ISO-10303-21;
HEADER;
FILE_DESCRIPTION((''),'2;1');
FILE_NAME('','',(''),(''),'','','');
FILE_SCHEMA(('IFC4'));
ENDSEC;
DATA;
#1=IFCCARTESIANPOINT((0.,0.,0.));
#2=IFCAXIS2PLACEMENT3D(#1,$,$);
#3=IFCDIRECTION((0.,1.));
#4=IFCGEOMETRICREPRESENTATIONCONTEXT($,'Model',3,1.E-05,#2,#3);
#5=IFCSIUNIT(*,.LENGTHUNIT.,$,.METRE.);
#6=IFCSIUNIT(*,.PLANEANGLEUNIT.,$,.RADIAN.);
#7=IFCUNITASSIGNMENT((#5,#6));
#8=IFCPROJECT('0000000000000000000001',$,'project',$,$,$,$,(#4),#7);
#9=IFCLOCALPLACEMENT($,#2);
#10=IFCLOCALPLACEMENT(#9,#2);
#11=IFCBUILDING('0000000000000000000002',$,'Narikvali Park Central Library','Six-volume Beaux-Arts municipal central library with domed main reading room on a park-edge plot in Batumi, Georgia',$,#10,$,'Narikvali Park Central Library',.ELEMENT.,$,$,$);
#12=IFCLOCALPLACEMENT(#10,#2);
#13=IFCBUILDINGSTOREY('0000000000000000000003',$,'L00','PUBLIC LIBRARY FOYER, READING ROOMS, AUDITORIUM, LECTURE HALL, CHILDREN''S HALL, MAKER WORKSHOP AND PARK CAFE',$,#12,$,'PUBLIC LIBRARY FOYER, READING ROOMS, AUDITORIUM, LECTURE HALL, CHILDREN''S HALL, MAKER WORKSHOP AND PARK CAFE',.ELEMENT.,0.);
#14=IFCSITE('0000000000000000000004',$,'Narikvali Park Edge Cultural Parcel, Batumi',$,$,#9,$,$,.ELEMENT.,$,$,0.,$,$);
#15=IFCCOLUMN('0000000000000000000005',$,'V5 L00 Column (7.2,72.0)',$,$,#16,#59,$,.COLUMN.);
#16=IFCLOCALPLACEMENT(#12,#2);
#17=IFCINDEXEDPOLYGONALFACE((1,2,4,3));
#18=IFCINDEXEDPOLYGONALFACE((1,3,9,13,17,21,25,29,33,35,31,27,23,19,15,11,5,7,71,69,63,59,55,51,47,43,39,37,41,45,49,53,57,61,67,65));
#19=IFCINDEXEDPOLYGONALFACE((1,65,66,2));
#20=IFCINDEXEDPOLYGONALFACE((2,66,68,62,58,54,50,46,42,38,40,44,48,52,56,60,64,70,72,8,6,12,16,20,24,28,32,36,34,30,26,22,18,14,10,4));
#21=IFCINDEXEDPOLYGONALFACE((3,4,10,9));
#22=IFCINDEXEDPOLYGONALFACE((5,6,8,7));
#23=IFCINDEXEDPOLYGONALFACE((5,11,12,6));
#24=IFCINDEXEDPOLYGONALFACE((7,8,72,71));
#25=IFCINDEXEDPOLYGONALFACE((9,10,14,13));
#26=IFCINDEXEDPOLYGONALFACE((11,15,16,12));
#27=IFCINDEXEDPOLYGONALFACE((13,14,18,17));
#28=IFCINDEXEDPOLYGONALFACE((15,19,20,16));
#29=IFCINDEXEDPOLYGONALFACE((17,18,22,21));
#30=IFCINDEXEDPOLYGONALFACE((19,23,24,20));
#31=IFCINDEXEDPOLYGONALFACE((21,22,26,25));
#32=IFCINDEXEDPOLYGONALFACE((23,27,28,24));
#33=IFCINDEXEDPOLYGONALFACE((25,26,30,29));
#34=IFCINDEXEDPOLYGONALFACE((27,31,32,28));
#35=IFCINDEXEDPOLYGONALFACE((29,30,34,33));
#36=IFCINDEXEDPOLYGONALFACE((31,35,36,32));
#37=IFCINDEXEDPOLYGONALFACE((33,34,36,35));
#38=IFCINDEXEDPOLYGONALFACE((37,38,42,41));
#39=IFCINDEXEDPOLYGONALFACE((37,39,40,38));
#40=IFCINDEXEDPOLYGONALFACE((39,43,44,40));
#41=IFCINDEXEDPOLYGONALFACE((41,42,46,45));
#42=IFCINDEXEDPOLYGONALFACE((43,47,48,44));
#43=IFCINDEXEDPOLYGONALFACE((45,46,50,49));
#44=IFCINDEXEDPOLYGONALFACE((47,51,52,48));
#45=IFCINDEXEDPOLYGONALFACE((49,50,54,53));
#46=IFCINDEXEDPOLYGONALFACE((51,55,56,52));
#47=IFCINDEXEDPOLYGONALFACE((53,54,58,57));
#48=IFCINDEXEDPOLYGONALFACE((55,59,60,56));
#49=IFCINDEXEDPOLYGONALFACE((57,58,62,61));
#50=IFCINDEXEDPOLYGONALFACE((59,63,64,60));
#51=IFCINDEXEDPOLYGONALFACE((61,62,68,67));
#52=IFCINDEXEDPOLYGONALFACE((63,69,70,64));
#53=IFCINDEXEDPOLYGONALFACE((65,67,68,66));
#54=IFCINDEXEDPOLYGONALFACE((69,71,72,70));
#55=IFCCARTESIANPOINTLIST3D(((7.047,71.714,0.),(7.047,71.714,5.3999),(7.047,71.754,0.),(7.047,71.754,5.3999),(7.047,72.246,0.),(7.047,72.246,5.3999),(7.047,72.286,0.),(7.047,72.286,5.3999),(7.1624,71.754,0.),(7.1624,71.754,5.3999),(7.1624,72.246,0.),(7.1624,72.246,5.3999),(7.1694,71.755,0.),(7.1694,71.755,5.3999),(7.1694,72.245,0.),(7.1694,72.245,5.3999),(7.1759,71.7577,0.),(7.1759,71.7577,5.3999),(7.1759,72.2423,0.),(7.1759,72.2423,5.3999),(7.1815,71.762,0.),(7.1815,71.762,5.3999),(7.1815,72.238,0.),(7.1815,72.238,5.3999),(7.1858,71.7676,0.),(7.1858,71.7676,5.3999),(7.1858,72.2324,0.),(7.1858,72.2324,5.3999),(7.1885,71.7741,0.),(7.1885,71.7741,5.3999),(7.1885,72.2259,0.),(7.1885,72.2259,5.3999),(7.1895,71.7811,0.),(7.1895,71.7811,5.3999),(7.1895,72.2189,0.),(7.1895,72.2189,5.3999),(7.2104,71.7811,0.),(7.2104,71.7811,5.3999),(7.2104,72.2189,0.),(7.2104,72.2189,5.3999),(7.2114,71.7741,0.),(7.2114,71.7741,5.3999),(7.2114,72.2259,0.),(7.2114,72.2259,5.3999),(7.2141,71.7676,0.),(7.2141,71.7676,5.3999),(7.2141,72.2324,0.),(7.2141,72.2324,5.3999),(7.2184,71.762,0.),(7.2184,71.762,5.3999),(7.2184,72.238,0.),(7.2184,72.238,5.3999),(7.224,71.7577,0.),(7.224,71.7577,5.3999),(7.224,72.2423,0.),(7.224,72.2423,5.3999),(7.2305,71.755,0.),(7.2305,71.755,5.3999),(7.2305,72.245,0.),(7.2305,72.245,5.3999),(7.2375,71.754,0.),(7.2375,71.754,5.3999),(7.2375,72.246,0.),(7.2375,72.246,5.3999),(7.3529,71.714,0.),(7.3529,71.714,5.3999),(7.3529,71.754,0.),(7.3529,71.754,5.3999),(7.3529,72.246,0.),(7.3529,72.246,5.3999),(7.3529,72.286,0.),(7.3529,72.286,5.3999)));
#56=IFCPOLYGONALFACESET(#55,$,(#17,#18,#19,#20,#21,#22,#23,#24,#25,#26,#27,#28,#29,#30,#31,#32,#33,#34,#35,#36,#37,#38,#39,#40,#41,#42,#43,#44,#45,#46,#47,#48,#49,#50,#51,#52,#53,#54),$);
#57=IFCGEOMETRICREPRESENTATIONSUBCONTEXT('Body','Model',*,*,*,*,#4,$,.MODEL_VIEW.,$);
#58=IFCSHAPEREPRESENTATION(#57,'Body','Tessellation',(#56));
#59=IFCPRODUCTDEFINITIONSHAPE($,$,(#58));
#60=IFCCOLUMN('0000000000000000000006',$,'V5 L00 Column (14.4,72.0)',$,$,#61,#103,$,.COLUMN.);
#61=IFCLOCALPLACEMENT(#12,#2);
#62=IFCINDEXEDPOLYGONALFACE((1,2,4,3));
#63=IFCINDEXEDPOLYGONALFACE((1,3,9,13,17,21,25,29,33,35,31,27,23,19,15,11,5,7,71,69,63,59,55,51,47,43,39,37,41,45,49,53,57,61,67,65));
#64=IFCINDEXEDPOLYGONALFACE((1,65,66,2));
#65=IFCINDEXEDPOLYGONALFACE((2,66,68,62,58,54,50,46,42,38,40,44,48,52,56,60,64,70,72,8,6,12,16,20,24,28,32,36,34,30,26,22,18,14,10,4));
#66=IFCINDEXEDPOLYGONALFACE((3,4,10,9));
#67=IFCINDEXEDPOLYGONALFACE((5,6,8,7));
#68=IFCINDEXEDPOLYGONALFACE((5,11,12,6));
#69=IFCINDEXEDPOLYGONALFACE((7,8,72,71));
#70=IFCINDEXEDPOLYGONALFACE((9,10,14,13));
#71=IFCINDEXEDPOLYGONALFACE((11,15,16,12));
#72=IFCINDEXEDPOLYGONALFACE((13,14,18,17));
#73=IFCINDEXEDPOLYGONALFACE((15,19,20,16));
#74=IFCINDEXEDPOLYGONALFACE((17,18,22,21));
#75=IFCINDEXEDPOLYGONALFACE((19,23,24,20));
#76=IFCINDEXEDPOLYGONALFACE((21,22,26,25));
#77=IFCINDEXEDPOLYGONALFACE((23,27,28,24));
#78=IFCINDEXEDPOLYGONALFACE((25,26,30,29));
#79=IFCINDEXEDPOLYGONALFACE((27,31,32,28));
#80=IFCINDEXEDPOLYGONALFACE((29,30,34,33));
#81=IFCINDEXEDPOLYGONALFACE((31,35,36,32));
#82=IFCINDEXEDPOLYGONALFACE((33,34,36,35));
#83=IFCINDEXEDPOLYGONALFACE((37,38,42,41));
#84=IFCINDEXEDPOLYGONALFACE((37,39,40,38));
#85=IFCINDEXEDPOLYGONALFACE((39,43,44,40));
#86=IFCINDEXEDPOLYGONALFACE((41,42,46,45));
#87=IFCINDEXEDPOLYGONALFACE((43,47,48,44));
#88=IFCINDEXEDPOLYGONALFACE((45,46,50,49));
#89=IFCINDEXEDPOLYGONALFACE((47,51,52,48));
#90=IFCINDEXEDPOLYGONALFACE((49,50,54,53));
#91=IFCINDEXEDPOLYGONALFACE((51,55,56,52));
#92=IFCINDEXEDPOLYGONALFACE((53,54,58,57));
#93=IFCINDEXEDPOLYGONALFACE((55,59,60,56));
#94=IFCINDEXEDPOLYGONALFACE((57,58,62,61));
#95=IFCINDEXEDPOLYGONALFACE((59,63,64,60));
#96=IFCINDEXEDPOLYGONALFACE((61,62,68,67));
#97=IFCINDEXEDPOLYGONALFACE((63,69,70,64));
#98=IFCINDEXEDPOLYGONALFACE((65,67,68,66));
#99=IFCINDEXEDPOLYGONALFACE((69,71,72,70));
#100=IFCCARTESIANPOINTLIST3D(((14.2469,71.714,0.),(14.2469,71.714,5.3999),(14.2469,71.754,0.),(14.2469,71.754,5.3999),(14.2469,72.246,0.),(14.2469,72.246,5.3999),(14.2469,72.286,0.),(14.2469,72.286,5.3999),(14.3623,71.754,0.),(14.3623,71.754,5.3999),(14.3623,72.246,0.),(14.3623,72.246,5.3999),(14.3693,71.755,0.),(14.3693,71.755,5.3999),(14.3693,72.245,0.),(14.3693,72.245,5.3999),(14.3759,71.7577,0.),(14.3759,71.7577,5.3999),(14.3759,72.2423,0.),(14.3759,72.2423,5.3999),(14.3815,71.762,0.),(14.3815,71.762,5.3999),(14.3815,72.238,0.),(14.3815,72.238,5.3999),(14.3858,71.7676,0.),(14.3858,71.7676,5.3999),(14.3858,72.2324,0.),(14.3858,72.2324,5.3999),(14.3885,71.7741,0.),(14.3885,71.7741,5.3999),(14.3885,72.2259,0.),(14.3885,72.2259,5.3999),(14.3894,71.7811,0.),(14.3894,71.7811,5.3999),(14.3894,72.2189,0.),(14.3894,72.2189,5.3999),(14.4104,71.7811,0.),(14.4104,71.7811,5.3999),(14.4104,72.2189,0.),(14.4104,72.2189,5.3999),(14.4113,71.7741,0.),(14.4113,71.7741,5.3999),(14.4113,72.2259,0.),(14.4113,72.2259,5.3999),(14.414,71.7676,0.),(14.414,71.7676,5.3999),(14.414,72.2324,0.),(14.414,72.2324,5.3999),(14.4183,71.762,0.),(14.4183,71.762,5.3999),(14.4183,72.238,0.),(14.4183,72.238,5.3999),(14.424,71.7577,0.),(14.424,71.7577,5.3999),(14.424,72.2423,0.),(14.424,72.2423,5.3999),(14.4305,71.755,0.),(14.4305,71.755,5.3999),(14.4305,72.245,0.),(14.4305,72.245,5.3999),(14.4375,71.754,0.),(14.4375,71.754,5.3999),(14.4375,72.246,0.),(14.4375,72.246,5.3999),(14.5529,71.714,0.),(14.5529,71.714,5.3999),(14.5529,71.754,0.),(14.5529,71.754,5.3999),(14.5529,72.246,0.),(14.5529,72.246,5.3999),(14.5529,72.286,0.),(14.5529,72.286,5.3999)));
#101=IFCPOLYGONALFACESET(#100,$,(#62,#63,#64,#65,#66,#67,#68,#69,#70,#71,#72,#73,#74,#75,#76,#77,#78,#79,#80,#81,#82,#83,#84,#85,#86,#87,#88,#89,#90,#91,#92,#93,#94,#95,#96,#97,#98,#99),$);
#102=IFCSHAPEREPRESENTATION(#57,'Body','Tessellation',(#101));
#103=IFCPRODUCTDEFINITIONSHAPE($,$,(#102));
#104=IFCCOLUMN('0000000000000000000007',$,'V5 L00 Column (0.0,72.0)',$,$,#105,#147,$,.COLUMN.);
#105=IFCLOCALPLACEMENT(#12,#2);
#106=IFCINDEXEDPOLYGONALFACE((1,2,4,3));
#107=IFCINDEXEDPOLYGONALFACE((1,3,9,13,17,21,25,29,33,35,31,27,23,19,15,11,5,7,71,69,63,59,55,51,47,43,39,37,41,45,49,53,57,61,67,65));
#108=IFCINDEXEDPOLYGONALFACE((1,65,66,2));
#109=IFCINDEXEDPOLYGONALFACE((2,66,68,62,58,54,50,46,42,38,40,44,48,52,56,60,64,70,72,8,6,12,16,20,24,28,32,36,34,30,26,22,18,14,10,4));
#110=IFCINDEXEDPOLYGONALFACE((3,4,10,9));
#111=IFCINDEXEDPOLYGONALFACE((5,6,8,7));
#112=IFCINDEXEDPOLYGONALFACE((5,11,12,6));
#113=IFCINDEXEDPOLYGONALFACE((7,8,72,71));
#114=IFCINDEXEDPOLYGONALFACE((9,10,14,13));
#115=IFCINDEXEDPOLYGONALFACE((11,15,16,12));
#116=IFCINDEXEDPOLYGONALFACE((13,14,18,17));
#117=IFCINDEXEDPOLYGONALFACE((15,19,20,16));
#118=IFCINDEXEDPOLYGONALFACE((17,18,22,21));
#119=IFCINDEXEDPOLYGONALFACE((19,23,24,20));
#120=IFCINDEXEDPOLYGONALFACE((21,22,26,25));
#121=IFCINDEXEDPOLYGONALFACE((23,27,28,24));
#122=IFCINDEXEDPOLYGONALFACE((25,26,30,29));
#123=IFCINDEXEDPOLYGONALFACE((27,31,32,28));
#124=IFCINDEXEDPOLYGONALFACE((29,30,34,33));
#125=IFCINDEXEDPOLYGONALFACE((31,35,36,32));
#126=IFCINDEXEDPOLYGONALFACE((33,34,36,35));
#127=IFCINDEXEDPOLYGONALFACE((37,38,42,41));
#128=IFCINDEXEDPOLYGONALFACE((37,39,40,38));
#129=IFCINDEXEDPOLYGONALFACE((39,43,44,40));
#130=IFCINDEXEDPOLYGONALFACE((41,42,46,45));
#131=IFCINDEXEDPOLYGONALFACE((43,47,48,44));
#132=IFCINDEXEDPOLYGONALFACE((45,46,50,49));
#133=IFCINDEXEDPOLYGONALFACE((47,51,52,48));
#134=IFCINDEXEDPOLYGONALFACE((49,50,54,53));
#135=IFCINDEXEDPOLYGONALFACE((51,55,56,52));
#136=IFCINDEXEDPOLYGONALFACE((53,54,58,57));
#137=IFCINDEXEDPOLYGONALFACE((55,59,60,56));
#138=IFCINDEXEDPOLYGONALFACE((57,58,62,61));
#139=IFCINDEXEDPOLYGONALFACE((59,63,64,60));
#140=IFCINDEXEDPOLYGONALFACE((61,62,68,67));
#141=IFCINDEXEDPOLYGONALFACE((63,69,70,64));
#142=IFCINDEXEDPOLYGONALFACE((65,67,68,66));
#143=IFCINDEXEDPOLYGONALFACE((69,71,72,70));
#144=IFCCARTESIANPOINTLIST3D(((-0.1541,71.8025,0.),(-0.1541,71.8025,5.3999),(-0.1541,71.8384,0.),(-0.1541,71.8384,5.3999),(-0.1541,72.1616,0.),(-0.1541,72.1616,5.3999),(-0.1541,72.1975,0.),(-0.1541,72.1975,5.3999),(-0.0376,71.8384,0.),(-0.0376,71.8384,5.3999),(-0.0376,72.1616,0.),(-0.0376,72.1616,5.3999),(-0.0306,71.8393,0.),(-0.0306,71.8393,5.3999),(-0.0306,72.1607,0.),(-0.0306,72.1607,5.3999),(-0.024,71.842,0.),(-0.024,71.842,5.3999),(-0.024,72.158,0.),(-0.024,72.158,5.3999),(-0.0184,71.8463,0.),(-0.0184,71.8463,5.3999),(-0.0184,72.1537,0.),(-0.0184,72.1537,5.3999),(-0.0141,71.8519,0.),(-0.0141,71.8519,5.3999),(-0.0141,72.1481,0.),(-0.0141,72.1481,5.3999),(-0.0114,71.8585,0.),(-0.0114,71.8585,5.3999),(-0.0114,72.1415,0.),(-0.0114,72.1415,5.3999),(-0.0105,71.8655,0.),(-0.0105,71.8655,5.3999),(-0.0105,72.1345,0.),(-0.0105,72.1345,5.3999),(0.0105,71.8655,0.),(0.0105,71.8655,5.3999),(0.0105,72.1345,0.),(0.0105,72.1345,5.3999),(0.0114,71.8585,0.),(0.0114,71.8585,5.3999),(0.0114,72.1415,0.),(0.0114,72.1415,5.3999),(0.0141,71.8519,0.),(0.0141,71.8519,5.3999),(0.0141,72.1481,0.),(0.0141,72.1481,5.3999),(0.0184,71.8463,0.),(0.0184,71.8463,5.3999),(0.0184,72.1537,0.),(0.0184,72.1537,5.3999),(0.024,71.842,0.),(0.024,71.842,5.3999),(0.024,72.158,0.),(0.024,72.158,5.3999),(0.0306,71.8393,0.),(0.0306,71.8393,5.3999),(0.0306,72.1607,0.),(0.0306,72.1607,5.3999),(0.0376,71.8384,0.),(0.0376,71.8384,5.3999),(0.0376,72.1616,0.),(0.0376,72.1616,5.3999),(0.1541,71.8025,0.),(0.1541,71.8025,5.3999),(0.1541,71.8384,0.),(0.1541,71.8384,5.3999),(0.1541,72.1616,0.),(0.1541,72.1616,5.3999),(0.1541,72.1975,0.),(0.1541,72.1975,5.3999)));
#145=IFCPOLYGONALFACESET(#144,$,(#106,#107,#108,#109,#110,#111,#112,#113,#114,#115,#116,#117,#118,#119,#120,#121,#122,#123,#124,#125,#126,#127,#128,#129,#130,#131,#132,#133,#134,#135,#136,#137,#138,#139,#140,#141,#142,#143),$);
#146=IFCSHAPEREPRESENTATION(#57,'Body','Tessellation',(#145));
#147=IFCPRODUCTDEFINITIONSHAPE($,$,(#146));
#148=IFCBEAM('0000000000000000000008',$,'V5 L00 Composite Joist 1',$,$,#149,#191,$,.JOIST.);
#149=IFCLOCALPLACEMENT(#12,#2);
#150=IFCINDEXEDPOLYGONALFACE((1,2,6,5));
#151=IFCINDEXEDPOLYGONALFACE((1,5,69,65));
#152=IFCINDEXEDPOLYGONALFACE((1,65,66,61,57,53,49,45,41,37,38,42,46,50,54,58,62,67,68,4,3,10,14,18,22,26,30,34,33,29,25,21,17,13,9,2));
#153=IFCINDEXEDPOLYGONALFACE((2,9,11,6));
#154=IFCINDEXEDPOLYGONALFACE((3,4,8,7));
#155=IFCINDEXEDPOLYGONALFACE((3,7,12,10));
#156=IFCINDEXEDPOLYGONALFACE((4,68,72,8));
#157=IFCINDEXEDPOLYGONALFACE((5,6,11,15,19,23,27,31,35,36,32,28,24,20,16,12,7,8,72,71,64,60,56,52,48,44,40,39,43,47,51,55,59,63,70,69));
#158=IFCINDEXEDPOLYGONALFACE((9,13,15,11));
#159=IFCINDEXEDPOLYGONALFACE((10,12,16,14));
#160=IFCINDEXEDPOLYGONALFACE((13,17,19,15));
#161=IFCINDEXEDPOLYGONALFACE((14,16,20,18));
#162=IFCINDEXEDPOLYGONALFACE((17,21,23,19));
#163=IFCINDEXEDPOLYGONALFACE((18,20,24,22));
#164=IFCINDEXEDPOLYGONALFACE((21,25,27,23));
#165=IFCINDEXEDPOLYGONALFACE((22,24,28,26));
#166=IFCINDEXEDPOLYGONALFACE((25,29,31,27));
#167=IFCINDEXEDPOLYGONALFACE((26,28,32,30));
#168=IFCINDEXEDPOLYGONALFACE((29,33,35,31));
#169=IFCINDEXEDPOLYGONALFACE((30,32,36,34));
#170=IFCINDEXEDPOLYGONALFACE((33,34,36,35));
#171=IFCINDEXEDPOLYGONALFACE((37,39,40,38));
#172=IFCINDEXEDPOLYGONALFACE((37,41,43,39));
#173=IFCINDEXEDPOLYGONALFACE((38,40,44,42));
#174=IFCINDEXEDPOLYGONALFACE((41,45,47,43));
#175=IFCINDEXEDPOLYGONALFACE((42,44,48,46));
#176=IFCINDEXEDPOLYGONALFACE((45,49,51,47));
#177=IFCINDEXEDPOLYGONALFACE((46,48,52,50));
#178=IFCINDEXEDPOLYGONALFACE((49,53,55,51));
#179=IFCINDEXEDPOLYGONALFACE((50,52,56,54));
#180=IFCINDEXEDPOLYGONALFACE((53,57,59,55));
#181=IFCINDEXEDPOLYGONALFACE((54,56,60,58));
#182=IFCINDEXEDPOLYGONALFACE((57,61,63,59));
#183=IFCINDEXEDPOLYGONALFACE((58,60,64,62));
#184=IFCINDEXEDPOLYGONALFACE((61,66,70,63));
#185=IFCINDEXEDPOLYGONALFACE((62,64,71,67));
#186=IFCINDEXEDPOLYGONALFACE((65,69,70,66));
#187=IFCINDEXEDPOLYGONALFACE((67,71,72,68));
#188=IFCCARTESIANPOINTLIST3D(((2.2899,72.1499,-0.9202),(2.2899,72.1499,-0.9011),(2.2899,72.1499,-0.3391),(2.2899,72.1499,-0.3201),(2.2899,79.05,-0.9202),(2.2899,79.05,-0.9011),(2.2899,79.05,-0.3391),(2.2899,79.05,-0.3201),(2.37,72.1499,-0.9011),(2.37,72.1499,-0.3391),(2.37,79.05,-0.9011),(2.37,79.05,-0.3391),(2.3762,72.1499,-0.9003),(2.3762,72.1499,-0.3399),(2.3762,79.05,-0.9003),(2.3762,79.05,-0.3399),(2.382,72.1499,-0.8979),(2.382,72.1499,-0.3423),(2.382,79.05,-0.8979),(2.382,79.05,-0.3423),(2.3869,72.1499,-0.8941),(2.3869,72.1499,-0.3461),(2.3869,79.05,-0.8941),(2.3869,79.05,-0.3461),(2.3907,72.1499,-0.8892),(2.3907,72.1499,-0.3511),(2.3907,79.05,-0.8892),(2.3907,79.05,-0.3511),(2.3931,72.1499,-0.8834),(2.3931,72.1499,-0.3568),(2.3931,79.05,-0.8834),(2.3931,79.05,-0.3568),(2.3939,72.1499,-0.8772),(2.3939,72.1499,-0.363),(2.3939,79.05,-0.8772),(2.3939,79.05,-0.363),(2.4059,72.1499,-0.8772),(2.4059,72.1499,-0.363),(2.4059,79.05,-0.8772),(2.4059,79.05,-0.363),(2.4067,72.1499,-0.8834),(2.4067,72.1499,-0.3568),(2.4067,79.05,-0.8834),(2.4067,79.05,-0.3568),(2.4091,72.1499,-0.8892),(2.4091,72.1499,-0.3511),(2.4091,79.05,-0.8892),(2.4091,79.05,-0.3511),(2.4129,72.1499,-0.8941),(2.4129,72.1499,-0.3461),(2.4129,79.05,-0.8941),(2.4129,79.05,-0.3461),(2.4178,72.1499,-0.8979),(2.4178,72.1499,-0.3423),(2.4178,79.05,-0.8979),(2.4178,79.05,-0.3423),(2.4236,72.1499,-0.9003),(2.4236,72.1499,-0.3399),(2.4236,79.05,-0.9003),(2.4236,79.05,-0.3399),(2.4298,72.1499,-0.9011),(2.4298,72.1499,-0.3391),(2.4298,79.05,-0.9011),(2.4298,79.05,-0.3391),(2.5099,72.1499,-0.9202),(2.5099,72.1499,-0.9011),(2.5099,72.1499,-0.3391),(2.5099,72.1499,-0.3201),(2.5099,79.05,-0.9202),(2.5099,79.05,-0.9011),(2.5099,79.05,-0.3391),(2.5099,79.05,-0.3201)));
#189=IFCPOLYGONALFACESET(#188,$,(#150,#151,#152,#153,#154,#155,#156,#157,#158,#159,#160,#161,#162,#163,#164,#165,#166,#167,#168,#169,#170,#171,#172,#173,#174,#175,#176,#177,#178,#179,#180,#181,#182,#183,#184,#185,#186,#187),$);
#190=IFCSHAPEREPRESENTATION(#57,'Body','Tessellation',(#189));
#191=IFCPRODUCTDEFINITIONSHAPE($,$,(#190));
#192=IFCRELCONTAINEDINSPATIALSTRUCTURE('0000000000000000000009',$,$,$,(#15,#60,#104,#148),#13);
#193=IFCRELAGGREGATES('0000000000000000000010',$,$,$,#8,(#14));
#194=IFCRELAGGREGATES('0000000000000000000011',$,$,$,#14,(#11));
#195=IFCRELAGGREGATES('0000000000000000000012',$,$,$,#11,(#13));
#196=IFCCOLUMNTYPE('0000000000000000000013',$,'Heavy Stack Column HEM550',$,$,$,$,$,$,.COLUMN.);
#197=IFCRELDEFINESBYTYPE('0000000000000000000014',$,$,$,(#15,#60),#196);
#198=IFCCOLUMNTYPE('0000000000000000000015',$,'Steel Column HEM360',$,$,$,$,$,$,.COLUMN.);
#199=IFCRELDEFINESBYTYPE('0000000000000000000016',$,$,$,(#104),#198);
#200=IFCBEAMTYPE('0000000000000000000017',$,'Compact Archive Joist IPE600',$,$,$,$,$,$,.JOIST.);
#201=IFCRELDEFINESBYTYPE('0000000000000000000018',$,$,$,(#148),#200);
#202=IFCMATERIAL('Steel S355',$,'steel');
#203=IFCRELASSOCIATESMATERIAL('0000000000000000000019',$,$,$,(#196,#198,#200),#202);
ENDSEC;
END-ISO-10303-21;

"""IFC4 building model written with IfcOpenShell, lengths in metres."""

from ifc_helpers import new_model, si_unit, direction, frame, origin, origin_2d, place, context, subcontext, project, spatial, i_section, extrude, material, material_profile, profile_set, type_object, element, save


model = new_model("IFC4")

# Units and contexts
model_context = context("Model", 3, precision=1e-05, world=origin(), true_north=direction((0.0, 1.0)))
body_context = subcontext(model_context, "Body", "Model", "MODEL_VIEW")
ifc_project = project(units=[si_unit("LENGTHUNIT", "METRE"), si_unit("PLANEANGLEUNIT", "RADIAN")], contexts=[model_context])

# Site, building, storey
site_placement = place(None, origin())
site = spatial("IfcSite", under=ifc_project, at=site_placement, Name="Narikvali Park Edge Cultural Parcel, Batumi", CompositionType="ELEMENT", RefElevation=0.0)
building_placement = place(site_placement, origin())
building = spatial("IfcBuilding", under=site, at=building_placement, Name="Narikvali Park Central Library", Description="Six-volume Beaux-Arts municipal central library with domed main reading room on a park-edge plot in Batumi, Georgia", LongName="Narikvali Park Central Library", CompositionType="ELEMENT")
storey_placement = place(building_placement, origin())
storey = spatial("IfcBuildingStorey", under=building, at=storey_placement, Name="L00", Description="PUBLIC LIBRARY FOYER, READING ROOMS, AUDITORIUM, LECTURE HALL, CHILDREN'S HALL, MAKER WORKSHOP AND PARK CAFE", LongName="PUBLIC LIBRARY FOYER, READING ROOMS, AUDITORIUM, LECTURE HALL, CHILDREN'S HALL, MAKER WORKSHOP AND PARK CAFE", CompositionType="ELEMENT", Elevation=0.0)

# Columns
ifc_material_1 = material(Name="Steel S355", Category="steel")
ifc_material_profile_1 = material_profile(ifc_material_1, i_section(OverallWidth=0.3059, OverallDepth=0.572, WebThickness=0.021, FlangeThickness=0.04, FilletRadius=0.0271, at=origin_2d()), Name="HEM 550")
ifc_profile_set_1 = profile_set([ifc_material_profile_1], Name="Steel S355")
column_type_1 = type_object("IfcColumnType", Name="Heavy Stack Column HEM550", PredefinedType="COLUMN", material=ifc_profile_set_1)
for number, where, z_axis, x_axis, name in (
    (1, (7.2, 72.0, 0.0), (0.0, 0.0, 1.0), (1.0, 0.0, 0.0), "V5 L00 Column (7.2,72.0)"),
    (2, (14.3999, 72.0, 0.0), (0.0, 0.0, 1.0), (1.0, 0.0, 0.0), "V5 L00 Column (14.4,72.0)"),
):
    element("IfcColumn", number, at=place(storey_placement, frame(where, z_axis=z_axis, x_axis=x_axis)), inside=storey, type_object=column_type_1, Name=name, PredefinedType="COLUMN", context=body_context, shape_type="SweptSolid", body=[
        extrude(i_section(OverallWidth=0.3059, OverallDepth=0.572, WebThickness=0.021, FlangeThickness=0.04, FilletRadius=0.0271, at=origin_2d()), origin(), (0.0, 0.0, 1.0), 5.3999),
    ])
ifc_material_profile_2 = material_profile(ifc_material_1, i_section(OverallWidth=0.3081, OverallDepth=0.395, WebThickness=0.021, FlangeThickness=0.0359, FilletRadius=0.0271, at=origin_2d()), Name="HEM 360")
ifc_profile_set_2 = profile_set([ifc_material_profile_2], Name="Steel S355")
column_type_2 = type_object("IfcColumnType", Name="Steel Column HEM360", PredefinedType="COLUMN", material=ifc_profile_set_2)
column_placement = place(storey_placement, frame((0.0, 72.0, 0.0), z_axis=(0.0, 0.0, 1.0), x_axis=(1.0, 0.0, 0.0)))
element("IfcColumn", 3, at=column_placement, inside=storey, type_object=column_type_2, Name="V5 L00 Column (0.0,72.0)", PredefinedType="COLUMN", context=body_context, shape_type="SweptSolid", body=[
    extrude(i_section(OverallWidth=0.3081, OverallDepth=0.395, WebThickness=0.021, FlangeThickness=0.0359, FilletRadius=0.0271, at=origin_2d()), origin(), (0.0, 0.0, 1.0), 5.3999),
])

# Beam
ifc_material_profile_3 = material_profile(ifc_material_1, i_section(OverallWidth=0.22, OverallDepth=0.6001, WebThickness=0.012, FlangeThickness=0.019, FilletRadius=0.0239, at=origin_2d()), Name="IPE 600")
ifc_profile_set_3 = profile_set([ifc_material_profile_3], Name="Steel S355")
beam_type_1 = type_object("IfcBeamType", Name="Compact Archive Joist IPE600", PredefinedType="JOIST", material=ifc_profile_set_3)
for number, where, z_axis, x_axis, name in (
    (4, (2.3999, 72.1499, -0.6201), (0.0, 1.0, 0.0), (-1.0, 0.0, 0.0), "V5 L00 Composite Joist 1"),
):
    element("IfcBeam", number, at=place(storey_placement, frame(where, z_axis=z_axis, x_axis=x_axis)), inside=storey, type_object=beam_type_1, Name=name, PredefinedType="JOIST", context=body_context, shape_type="SweptSolid", body=[
        extrude(i_section(OverallWidth=0.22, OverallDepth=0.6001, WebThickness=0.012, FlangeThickness=0.019, FilletRadius=0.0239, at=origin_2d()), origin(), (0.0, 0.0, 1.0), 6.9001),
    ])

save(model, "model.ifc")
